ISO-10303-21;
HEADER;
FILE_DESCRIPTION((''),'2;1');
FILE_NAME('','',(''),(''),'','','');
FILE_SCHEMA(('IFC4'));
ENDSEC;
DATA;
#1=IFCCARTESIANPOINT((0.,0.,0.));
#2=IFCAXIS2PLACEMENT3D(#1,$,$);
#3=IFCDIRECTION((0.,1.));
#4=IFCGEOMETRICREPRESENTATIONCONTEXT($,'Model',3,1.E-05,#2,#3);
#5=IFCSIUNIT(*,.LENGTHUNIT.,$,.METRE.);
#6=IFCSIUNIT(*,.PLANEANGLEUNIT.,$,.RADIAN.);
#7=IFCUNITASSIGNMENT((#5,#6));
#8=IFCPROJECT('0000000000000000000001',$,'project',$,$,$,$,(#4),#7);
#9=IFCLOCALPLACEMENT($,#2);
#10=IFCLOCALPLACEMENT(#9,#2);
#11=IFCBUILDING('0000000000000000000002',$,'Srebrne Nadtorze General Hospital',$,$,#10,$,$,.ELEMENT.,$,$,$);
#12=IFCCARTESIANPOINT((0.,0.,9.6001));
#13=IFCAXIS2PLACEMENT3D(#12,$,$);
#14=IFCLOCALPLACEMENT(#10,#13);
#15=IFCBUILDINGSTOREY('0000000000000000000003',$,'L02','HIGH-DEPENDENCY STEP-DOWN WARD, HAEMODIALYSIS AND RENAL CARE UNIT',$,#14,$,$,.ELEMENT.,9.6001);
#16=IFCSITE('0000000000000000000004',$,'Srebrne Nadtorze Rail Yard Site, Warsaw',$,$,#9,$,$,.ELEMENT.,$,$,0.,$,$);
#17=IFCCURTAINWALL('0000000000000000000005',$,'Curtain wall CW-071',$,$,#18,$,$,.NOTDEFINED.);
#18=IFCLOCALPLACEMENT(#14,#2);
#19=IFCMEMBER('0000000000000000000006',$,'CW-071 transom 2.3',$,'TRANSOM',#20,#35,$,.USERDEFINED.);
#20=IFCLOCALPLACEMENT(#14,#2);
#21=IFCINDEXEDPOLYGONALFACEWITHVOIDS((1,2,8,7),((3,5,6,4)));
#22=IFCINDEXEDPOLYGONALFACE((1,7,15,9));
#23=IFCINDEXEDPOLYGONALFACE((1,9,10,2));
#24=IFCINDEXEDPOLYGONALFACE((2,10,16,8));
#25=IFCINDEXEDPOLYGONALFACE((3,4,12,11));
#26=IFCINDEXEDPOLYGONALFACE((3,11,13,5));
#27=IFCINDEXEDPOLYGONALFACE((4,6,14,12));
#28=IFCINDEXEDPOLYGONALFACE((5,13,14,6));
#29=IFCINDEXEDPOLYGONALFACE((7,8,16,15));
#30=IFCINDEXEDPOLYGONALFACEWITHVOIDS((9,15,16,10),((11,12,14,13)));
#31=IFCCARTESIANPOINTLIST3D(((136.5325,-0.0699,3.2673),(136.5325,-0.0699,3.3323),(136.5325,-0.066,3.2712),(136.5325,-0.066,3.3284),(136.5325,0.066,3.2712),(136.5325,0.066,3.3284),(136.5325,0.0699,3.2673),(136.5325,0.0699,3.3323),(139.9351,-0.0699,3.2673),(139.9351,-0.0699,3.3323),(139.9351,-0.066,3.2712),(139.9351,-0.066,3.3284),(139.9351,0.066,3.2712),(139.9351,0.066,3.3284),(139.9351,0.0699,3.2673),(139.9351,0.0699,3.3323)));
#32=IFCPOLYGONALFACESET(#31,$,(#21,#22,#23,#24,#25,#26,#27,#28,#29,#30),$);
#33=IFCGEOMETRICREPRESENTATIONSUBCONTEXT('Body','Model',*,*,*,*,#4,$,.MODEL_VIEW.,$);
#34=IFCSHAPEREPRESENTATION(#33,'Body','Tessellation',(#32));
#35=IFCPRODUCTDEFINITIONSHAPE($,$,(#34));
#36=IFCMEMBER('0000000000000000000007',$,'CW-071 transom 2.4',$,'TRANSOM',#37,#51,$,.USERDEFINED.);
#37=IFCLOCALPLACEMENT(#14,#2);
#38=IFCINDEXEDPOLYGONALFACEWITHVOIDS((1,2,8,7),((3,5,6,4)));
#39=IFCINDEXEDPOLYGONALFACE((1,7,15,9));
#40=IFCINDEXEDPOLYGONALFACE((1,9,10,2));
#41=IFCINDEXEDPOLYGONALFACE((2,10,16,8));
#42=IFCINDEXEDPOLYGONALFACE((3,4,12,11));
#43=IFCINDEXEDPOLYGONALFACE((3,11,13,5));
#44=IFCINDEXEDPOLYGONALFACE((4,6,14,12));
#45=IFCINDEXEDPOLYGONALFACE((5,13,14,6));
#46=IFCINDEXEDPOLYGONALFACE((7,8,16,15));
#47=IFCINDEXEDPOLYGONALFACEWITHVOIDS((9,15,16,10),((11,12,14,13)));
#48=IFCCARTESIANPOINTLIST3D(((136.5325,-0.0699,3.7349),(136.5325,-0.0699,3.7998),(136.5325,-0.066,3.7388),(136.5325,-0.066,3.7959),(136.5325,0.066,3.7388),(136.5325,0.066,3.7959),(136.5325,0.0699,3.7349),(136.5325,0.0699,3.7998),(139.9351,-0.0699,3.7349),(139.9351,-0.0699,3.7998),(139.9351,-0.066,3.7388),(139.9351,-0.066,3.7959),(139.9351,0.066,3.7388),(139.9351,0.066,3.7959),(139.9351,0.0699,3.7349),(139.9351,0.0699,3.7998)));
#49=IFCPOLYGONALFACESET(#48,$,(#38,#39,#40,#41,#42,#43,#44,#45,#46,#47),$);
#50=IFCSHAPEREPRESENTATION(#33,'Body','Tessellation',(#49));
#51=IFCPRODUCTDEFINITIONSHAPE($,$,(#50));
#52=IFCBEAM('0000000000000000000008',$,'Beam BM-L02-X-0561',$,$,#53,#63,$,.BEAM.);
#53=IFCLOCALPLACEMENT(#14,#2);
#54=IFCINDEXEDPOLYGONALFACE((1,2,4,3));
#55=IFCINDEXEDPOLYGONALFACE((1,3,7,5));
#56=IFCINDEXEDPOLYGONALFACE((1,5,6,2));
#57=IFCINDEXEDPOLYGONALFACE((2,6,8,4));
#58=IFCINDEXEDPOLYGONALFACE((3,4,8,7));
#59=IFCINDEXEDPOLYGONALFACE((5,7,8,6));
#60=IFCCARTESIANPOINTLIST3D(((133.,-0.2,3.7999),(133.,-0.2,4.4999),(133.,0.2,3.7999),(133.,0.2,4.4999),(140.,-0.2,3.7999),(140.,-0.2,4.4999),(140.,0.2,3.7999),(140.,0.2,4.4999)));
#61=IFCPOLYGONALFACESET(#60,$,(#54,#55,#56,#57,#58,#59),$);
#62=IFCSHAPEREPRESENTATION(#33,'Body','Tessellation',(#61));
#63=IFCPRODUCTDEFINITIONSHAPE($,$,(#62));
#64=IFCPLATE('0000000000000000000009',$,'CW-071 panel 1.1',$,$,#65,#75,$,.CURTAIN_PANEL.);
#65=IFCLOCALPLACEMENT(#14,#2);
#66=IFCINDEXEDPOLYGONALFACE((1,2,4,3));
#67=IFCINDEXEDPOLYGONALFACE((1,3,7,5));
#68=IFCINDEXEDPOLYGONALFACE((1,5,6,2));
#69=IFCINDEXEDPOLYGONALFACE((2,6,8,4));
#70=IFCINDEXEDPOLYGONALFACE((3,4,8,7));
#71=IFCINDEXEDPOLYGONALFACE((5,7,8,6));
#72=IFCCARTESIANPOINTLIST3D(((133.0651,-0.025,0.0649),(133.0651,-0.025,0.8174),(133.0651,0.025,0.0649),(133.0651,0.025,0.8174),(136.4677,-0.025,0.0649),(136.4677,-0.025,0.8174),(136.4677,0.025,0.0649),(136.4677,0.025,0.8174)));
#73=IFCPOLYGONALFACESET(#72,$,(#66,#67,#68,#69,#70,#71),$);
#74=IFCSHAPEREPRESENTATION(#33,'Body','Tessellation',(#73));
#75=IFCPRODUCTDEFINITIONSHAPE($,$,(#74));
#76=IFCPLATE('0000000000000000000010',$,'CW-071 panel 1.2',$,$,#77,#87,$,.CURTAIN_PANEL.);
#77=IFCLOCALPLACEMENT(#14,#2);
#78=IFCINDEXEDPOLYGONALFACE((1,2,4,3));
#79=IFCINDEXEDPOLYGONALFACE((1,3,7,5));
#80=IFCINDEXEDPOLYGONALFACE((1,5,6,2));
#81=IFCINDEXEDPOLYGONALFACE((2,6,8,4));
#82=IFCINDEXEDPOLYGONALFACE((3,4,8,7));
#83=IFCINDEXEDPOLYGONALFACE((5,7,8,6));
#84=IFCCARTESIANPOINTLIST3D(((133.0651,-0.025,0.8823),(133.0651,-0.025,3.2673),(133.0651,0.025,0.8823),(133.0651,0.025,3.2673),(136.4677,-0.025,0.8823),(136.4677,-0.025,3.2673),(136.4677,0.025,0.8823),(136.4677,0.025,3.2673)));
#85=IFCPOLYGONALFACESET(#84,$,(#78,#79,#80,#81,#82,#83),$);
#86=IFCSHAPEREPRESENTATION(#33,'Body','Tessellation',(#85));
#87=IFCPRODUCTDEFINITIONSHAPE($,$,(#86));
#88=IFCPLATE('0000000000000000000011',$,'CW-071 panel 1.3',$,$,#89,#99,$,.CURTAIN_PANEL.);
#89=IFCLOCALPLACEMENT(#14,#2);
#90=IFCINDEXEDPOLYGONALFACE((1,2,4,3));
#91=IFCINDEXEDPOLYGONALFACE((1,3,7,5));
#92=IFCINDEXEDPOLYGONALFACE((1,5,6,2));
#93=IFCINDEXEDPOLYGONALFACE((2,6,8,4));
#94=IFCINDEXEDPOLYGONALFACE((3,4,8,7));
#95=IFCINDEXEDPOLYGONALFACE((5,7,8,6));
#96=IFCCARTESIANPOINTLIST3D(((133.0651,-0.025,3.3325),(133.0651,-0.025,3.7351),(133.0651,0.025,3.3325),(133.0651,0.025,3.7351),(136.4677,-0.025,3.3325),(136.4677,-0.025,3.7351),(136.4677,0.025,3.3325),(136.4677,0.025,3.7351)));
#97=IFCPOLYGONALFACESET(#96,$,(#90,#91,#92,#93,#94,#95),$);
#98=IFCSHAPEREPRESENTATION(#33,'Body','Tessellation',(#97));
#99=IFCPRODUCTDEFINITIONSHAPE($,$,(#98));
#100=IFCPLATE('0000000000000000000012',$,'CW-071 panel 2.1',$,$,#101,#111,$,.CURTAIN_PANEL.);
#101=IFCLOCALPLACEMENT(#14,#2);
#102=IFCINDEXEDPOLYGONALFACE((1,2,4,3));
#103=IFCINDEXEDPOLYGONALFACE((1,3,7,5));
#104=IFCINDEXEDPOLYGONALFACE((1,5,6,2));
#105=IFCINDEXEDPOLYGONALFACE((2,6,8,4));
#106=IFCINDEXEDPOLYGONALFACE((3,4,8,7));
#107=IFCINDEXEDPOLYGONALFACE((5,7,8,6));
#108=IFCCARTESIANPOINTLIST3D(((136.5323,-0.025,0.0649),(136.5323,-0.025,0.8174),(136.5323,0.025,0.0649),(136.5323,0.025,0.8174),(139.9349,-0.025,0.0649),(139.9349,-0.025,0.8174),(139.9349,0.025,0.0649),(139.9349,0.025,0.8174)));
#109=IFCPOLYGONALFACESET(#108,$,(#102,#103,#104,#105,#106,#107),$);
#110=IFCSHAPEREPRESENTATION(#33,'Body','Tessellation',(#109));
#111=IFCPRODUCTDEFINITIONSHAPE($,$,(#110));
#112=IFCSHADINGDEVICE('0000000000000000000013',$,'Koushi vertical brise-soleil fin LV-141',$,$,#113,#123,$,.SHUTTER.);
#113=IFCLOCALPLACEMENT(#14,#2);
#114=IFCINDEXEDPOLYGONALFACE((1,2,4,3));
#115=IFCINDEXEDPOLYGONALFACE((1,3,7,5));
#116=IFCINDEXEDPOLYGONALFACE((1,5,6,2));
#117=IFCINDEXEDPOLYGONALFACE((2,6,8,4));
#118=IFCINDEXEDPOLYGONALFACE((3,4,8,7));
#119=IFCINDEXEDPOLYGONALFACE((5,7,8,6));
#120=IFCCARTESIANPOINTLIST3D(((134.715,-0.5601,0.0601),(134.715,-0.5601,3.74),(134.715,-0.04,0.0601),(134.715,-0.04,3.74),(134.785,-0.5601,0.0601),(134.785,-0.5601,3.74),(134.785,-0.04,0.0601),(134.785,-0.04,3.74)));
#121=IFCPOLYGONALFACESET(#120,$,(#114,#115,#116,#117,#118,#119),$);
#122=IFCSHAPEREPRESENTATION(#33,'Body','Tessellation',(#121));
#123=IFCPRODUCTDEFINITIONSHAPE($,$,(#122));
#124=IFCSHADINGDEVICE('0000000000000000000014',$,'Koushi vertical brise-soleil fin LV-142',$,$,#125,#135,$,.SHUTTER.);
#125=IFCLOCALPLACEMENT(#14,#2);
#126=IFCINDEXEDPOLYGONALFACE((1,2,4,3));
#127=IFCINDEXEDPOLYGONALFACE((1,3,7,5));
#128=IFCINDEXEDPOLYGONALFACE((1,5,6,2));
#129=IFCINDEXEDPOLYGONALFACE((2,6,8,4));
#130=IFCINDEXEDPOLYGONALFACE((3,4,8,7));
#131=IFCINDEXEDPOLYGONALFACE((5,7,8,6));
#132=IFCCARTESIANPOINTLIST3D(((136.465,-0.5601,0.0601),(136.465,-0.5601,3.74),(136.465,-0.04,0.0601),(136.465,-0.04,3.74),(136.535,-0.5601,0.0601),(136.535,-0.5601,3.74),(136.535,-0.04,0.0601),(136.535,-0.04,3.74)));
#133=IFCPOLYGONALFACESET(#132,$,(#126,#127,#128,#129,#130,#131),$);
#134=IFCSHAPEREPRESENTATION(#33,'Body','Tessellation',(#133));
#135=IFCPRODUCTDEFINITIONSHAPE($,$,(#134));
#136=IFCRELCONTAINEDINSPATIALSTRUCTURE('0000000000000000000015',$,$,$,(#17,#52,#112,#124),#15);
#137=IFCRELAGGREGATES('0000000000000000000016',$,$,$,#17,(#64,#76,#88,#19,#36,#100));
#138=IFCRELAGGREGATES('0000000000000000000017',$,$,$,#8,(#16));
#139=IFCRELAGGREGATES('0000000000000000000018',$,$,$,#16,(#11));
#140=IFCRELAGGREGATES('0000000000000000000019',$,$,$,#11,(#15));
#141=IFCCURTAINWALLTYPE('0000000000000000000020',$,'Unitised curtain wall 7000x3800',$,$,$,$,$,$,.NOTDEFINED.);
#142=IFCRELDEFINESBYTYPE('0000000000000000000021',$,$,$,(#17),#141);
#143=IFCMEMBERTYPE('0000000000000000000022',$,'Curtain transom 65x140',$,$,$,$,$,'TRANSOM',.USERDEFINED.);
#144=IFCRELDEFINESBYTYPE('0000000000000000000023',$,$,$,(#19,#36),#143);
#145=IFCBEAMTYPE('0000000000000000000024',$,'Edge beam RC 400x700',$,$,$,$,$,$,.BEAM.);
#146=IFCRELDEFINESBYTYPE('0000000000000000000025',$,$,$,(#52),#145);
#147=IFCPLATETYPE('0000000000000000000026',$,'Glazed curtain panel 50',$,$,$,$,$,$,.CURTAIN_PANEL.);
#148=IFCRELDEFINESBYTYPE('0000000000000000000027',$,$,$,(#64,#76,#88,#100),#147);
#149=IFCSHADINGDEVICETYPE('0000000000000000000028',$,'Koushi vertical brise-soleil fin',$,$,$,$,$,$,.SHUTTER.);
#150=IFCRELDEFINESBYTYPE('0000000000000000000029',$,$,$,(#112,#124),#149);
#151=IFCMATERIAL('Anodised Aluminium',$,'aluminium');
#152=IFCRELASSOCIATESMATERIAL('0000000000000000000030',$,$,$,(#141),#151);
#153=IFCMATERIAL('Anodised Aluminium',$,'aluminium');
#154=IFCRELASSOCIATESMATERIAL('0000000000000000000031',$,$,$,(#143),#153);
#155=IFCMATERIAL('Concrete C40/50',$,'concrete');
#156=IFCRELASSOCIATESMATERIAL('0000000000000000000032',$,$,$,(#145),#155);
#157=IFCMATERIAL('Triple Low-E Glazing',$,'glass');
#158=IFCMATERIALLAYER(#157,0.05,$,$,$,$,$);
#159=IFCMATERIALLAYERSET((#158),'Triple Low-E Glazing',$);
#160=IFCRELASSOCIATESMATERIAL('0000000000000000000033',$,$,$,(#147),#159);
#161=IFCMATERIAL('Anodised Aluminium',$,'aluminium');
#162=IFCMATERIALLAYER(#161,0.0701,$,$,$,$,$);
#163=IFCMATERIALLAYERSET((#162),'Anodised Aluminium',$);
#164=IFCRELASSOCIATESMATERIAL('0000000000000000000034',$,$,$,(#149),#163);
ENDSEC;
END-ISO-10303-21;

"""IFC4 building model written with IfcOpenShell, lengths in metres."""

from ifc_helpers import new_model, si_unit, direction, frame, origin, origin_2d, place, context, subcontext, project, spatial, rectangle, hollow_rectangle, extrude, material, layer, layer_set, material_profile, profile_set, type_object, element, aggregate, save


model = new_model("IFC4")

# Units and contexts
model_context = context("Model", 3, precision=1e-05, world=origin(), true_north=direction((0.0, 1.0)))
body_context = subcontext(model_context, "Body", "Model", "MODEL_VIEW")
ifc_project = project(units=[si_unit("LENGTHUNIT", "METRE"), si_unit("PLANEANGLEUNIT", "RADIAN")], contexts=[model_context])

# Site, building, storey
site_placement = place(None, origin())
site = spatial("IfcSite", under=ifc_project, at=site_placement, Name="Srebrne Nadtorze Rail Yard Site, Warsaw", CompositionType="ELEMENT", RefElevation=0.0)
building_placement = place(site_placement, origin())
building = spatial("IfcBuilding", under=site, at=building_placement, Name="Srebrne Nadtorze General Hospital", CompositionType="ELEMENT")
storey_placement = place(building_placement, frame((0.0, 0.0, 9.6001)))
storey = spatial("IfcBuildingStorey", under=building, at=storey_placement, Name="L02", Description="HIGH-DEPENDENCY STEP-DOWN WARD, HAEMODIALYSIS AND RENAL CARE UNIT", CompositionType="ELEMENT", Elevation=9.6001)

# Curtain wall
ifc_material_1 = material(Name="Anodised Aluminium", Category="aluminium")
curtain_wall_type_1 = type_object("IfcCurtainWallType", Name="Unitised curtain wall 7000x3800", PredefinedType="NOTDEFINED", material=ifc_material_1)
curtain_wall_1_placement = place(storey_placement, origin())
curtain_wall_1 = element("IfcCurtainWall", 1, at=curtain_wall_1_placement, inside=storey, type_object=curtain_wall_type_1, Name="Curtain wall CW-071", PredefinedType="NOTDEFINED")

# Members
ifc_material_2 = material(Name="Anodised Aluminium", Category="aluminium")
ifc_material_profile_1 = material_profile(ifc_material_2, hollow_rectangle(XDim=0.0649, YDim=0.1399, WallThickness=0.0039, at=origin_2d()), Name="AL-TRN-65x140")
ifc_profile_set_1 = profile_set([ifc_material_profile_1], Name="Anodised Aluminium")
member_type_1 = type_object("IfcMemberType", Name="Curtain transom 65x140", ElementType="TRANSOM", PredefinedType="USERDEFINED", material=ifc_profile_set_1)
member_1_placement = place(storey_placement, frame((136.5325, 0.0, 3.2998), z_axis=(1.0, 0.0, 0.0), x_axis=(0.0, 0.0, 1.0)))
member_1 = element("IfcMember", 2, at=member_1_placement, type_object=member_type_1, Name="CW-071 transom 2.3", ObjectType="TRANSOM", PredefinedType="USERDEFINED", context=body_context, shape_type="SweptSolid", body=[
    extrude(hollow_rectangle(XDim=0.0649, YDim=0.1399, WallThickness=0.0039, at=origin_2d()), origin(), (0.0, 0.0, 1.0), 3.4026),
])
member_2_placement = place(storey_placement, frame((136.5325, 0.0, 3.7673), z_axis=(1.0, 0.0, 0.0), x_axis=(0.0, 0.0, 1.0)))
member_2 = element("IfcMember", 3, at=member_2_placement, type_object=member_type_1, Name="CW-071 transom 2.4", ObjectType="TRANSOM", PredefinedType="USERDEFINED", context=body_context, shape_type="SweptSolid", body=[
    extrude(hollow_rectangle(XDim=0.0649, YDim=0.1399, WallThickness=0.0039, at=origin_2d()), origin(), (0.0, 0.0, 1.0), 3.4026),
])

# Beam
ifc_material_3 = material(Name="Concrete C40/50", Category="concrete")
ifc_material_profile_2 = material_profile(ifc_material_3, rectangle(XDim=0.3999, YDim=0.7, at=origin_2d()), Name="RC-BM-400x700")
ifc_profile_set_2 = profile_set([ifc_material_profile_2], Name="Concrete C40/50")
beam_type = type_object("IfcBeamType", Name="Edge beam RC 400x700", PredefinedType="BEAM", material=ifc_profile_set_2)
beam_placement = place(storey_placement, frame((133.0, 0.0, 4.1499), z_axis=(1.0, 0.0, 0.0), x_axis=(0.0, 1.0, 0.0)))
element("IfcBeam", 4, at=beam_placement, inside=storey, type_object=beam_type, Name="Beam BM-L02-X-0561", PredefinedType="BEAM", context=body_context, shape_type="SweptSolid", body=[
    extrude(rectangle(XDim=0.3999, YDim=0.7, at=origin_2d()), origin(), (0.0, 0.0, 1.0), 7.0),
])

# Plates
ifc_material_4 = material(Name="Triple Low-E Glazing", Category="glass")
ifc_layer_1 = layer(ifc_material_4, 0.05)
ifc_layer_set_1 = layer_set([ifc_layer_1], Name="Triple Low-E Glazing")
plate_type = type_object("IfcPlateType", Name="Glazed curtain panel 50", PredefinedType="CURTAIN_PANEL", material=ifc_layer_set_1)
plate_1_placement = place(storey_placement, frame((134.7664, 0.0, 0.0649), z_axis=(0.0, 0.0, 1.0), x_axis=(1.0, 0.0, 0.0)))
plate_1 = element("IfcPlate", 5, at=plate_1_placement, type_object=plate_type, Name="CW-071 panel 1.1", PredefinedType="CURTAIN_PANEL", context=body_context, shape_type="SweptSolid", body=[
    extrude(rectangle(XDim=3.4026, YDim=0.05, at=origin_2d()), origin(), (0.0, 0.0, 1.0), 0.7524),
])
plate_2_placement = place(storey_placement, frame((134.7664, 0.0, 0.8823), z_axis=(0.0, 0.0, 1.0), x_axis=(1.0, 0.0, 0.0)))
plate_2 = element("IfcPlate", 6, at=plate_2_placement, type_object=plate_type, Name="CW-071 panel 1.2", PredefinedType="CURTAIN_PANEL", context=body_context, shape_type="SweptSolid", body=[
    extrude(rectangle(XDim=3.4026, YDim=0.05, at=origin_2d()), origin(), (0.0, 0.0, 1.0), 2.385),
])
plate_3_placement = place(storey_placement, frame((134.7664, 0.0, 3.3325), z_axis=(0.0, 0.0, 1.0), x_axis=(1.0, 0.0, 0.0)))
plate_3 = element("IfcPlate", 7, at=plate_3_placement, type_object=plate_type, Name="CW-071 panel 1.3", PredefinedType="CURTAIN_PANEL", context=body_context, shape_type="SweptSolid", body=[
    extrude(rectangle(XDim=3.4026, YDim=0.05, at=origin_2d()), origin(), (0.0, 0.0, 1.0), 0.4026),
])
plate_4_placement = place(storey_placement, frame((138.2336, 0.0, 0.0649), z_axis=(0.0, 0.0, 1.0), x_axis=(1.0, 0.0, 0.0)))
plate_4 = element("IfcPlate", 8, at=plate_4_placement, type_object=plate_type, Name="CW-071 panel 2.1", PredefinedType="CURTAIN_PANEL", context=body_context, shape_type="SweptSolid", body=[
    extrude(rectangle(XDim=3.4026, YDim=0.05, at=origin_2d()), origin(), (0.0, 0.0, 1.0), 0.7524),
])
aggregate(curtain_wall_1, [plate_1, plate_2, plate_3, member_1, member_2, plate_4])

# Shading devices
ifc_material_5 = material(Name="Anodised Aluminium", Category="aluminium")
ifc_layer_2 = layer(ifc_material_5, 0.0701)
ifc_layer_set_2 = layer_set([ifc_layer_2], Name="Anodised Aluminium")
shading_device_type = type_object("IfcShadingDeviceType", Name="Koushi vertical brise-soleil fin", PredefinedType="SHUTTER", material=ifc_layer_set_2)
for number, where, z_axis, x_axis, name in (
    (9, (134.75, -0.3, 0.0601), (0.0, 0.0, 1.0), (1.0, 0.0, 0.0), "Koushi vertical brise-soleil fin LV-141"),
    (10, (136.5, -0.3, 0.0601), (0.0, 0.0, 1.0), (1.0, 0.0, 0.0), "Koushi vertical brise-soleil fin LV-142"),
):
    element("IfcShadingDevice", number, at=place(storey_placement, frame(where, z_axis=z_axis, x_axis=x_axis)), inside=storey, type_object=shading_device_type, Name=name, PredefinedType="SHUTTER", context=body_context, shape_type="SweptSolid", body=[
        extrude(rectangle(XDim=0.0701, YDim=0.52, at=origin_2d()), origin(), (0.0, 0.0, 1.0), 3.6799),
    ])

save(model, "model.ifc")
